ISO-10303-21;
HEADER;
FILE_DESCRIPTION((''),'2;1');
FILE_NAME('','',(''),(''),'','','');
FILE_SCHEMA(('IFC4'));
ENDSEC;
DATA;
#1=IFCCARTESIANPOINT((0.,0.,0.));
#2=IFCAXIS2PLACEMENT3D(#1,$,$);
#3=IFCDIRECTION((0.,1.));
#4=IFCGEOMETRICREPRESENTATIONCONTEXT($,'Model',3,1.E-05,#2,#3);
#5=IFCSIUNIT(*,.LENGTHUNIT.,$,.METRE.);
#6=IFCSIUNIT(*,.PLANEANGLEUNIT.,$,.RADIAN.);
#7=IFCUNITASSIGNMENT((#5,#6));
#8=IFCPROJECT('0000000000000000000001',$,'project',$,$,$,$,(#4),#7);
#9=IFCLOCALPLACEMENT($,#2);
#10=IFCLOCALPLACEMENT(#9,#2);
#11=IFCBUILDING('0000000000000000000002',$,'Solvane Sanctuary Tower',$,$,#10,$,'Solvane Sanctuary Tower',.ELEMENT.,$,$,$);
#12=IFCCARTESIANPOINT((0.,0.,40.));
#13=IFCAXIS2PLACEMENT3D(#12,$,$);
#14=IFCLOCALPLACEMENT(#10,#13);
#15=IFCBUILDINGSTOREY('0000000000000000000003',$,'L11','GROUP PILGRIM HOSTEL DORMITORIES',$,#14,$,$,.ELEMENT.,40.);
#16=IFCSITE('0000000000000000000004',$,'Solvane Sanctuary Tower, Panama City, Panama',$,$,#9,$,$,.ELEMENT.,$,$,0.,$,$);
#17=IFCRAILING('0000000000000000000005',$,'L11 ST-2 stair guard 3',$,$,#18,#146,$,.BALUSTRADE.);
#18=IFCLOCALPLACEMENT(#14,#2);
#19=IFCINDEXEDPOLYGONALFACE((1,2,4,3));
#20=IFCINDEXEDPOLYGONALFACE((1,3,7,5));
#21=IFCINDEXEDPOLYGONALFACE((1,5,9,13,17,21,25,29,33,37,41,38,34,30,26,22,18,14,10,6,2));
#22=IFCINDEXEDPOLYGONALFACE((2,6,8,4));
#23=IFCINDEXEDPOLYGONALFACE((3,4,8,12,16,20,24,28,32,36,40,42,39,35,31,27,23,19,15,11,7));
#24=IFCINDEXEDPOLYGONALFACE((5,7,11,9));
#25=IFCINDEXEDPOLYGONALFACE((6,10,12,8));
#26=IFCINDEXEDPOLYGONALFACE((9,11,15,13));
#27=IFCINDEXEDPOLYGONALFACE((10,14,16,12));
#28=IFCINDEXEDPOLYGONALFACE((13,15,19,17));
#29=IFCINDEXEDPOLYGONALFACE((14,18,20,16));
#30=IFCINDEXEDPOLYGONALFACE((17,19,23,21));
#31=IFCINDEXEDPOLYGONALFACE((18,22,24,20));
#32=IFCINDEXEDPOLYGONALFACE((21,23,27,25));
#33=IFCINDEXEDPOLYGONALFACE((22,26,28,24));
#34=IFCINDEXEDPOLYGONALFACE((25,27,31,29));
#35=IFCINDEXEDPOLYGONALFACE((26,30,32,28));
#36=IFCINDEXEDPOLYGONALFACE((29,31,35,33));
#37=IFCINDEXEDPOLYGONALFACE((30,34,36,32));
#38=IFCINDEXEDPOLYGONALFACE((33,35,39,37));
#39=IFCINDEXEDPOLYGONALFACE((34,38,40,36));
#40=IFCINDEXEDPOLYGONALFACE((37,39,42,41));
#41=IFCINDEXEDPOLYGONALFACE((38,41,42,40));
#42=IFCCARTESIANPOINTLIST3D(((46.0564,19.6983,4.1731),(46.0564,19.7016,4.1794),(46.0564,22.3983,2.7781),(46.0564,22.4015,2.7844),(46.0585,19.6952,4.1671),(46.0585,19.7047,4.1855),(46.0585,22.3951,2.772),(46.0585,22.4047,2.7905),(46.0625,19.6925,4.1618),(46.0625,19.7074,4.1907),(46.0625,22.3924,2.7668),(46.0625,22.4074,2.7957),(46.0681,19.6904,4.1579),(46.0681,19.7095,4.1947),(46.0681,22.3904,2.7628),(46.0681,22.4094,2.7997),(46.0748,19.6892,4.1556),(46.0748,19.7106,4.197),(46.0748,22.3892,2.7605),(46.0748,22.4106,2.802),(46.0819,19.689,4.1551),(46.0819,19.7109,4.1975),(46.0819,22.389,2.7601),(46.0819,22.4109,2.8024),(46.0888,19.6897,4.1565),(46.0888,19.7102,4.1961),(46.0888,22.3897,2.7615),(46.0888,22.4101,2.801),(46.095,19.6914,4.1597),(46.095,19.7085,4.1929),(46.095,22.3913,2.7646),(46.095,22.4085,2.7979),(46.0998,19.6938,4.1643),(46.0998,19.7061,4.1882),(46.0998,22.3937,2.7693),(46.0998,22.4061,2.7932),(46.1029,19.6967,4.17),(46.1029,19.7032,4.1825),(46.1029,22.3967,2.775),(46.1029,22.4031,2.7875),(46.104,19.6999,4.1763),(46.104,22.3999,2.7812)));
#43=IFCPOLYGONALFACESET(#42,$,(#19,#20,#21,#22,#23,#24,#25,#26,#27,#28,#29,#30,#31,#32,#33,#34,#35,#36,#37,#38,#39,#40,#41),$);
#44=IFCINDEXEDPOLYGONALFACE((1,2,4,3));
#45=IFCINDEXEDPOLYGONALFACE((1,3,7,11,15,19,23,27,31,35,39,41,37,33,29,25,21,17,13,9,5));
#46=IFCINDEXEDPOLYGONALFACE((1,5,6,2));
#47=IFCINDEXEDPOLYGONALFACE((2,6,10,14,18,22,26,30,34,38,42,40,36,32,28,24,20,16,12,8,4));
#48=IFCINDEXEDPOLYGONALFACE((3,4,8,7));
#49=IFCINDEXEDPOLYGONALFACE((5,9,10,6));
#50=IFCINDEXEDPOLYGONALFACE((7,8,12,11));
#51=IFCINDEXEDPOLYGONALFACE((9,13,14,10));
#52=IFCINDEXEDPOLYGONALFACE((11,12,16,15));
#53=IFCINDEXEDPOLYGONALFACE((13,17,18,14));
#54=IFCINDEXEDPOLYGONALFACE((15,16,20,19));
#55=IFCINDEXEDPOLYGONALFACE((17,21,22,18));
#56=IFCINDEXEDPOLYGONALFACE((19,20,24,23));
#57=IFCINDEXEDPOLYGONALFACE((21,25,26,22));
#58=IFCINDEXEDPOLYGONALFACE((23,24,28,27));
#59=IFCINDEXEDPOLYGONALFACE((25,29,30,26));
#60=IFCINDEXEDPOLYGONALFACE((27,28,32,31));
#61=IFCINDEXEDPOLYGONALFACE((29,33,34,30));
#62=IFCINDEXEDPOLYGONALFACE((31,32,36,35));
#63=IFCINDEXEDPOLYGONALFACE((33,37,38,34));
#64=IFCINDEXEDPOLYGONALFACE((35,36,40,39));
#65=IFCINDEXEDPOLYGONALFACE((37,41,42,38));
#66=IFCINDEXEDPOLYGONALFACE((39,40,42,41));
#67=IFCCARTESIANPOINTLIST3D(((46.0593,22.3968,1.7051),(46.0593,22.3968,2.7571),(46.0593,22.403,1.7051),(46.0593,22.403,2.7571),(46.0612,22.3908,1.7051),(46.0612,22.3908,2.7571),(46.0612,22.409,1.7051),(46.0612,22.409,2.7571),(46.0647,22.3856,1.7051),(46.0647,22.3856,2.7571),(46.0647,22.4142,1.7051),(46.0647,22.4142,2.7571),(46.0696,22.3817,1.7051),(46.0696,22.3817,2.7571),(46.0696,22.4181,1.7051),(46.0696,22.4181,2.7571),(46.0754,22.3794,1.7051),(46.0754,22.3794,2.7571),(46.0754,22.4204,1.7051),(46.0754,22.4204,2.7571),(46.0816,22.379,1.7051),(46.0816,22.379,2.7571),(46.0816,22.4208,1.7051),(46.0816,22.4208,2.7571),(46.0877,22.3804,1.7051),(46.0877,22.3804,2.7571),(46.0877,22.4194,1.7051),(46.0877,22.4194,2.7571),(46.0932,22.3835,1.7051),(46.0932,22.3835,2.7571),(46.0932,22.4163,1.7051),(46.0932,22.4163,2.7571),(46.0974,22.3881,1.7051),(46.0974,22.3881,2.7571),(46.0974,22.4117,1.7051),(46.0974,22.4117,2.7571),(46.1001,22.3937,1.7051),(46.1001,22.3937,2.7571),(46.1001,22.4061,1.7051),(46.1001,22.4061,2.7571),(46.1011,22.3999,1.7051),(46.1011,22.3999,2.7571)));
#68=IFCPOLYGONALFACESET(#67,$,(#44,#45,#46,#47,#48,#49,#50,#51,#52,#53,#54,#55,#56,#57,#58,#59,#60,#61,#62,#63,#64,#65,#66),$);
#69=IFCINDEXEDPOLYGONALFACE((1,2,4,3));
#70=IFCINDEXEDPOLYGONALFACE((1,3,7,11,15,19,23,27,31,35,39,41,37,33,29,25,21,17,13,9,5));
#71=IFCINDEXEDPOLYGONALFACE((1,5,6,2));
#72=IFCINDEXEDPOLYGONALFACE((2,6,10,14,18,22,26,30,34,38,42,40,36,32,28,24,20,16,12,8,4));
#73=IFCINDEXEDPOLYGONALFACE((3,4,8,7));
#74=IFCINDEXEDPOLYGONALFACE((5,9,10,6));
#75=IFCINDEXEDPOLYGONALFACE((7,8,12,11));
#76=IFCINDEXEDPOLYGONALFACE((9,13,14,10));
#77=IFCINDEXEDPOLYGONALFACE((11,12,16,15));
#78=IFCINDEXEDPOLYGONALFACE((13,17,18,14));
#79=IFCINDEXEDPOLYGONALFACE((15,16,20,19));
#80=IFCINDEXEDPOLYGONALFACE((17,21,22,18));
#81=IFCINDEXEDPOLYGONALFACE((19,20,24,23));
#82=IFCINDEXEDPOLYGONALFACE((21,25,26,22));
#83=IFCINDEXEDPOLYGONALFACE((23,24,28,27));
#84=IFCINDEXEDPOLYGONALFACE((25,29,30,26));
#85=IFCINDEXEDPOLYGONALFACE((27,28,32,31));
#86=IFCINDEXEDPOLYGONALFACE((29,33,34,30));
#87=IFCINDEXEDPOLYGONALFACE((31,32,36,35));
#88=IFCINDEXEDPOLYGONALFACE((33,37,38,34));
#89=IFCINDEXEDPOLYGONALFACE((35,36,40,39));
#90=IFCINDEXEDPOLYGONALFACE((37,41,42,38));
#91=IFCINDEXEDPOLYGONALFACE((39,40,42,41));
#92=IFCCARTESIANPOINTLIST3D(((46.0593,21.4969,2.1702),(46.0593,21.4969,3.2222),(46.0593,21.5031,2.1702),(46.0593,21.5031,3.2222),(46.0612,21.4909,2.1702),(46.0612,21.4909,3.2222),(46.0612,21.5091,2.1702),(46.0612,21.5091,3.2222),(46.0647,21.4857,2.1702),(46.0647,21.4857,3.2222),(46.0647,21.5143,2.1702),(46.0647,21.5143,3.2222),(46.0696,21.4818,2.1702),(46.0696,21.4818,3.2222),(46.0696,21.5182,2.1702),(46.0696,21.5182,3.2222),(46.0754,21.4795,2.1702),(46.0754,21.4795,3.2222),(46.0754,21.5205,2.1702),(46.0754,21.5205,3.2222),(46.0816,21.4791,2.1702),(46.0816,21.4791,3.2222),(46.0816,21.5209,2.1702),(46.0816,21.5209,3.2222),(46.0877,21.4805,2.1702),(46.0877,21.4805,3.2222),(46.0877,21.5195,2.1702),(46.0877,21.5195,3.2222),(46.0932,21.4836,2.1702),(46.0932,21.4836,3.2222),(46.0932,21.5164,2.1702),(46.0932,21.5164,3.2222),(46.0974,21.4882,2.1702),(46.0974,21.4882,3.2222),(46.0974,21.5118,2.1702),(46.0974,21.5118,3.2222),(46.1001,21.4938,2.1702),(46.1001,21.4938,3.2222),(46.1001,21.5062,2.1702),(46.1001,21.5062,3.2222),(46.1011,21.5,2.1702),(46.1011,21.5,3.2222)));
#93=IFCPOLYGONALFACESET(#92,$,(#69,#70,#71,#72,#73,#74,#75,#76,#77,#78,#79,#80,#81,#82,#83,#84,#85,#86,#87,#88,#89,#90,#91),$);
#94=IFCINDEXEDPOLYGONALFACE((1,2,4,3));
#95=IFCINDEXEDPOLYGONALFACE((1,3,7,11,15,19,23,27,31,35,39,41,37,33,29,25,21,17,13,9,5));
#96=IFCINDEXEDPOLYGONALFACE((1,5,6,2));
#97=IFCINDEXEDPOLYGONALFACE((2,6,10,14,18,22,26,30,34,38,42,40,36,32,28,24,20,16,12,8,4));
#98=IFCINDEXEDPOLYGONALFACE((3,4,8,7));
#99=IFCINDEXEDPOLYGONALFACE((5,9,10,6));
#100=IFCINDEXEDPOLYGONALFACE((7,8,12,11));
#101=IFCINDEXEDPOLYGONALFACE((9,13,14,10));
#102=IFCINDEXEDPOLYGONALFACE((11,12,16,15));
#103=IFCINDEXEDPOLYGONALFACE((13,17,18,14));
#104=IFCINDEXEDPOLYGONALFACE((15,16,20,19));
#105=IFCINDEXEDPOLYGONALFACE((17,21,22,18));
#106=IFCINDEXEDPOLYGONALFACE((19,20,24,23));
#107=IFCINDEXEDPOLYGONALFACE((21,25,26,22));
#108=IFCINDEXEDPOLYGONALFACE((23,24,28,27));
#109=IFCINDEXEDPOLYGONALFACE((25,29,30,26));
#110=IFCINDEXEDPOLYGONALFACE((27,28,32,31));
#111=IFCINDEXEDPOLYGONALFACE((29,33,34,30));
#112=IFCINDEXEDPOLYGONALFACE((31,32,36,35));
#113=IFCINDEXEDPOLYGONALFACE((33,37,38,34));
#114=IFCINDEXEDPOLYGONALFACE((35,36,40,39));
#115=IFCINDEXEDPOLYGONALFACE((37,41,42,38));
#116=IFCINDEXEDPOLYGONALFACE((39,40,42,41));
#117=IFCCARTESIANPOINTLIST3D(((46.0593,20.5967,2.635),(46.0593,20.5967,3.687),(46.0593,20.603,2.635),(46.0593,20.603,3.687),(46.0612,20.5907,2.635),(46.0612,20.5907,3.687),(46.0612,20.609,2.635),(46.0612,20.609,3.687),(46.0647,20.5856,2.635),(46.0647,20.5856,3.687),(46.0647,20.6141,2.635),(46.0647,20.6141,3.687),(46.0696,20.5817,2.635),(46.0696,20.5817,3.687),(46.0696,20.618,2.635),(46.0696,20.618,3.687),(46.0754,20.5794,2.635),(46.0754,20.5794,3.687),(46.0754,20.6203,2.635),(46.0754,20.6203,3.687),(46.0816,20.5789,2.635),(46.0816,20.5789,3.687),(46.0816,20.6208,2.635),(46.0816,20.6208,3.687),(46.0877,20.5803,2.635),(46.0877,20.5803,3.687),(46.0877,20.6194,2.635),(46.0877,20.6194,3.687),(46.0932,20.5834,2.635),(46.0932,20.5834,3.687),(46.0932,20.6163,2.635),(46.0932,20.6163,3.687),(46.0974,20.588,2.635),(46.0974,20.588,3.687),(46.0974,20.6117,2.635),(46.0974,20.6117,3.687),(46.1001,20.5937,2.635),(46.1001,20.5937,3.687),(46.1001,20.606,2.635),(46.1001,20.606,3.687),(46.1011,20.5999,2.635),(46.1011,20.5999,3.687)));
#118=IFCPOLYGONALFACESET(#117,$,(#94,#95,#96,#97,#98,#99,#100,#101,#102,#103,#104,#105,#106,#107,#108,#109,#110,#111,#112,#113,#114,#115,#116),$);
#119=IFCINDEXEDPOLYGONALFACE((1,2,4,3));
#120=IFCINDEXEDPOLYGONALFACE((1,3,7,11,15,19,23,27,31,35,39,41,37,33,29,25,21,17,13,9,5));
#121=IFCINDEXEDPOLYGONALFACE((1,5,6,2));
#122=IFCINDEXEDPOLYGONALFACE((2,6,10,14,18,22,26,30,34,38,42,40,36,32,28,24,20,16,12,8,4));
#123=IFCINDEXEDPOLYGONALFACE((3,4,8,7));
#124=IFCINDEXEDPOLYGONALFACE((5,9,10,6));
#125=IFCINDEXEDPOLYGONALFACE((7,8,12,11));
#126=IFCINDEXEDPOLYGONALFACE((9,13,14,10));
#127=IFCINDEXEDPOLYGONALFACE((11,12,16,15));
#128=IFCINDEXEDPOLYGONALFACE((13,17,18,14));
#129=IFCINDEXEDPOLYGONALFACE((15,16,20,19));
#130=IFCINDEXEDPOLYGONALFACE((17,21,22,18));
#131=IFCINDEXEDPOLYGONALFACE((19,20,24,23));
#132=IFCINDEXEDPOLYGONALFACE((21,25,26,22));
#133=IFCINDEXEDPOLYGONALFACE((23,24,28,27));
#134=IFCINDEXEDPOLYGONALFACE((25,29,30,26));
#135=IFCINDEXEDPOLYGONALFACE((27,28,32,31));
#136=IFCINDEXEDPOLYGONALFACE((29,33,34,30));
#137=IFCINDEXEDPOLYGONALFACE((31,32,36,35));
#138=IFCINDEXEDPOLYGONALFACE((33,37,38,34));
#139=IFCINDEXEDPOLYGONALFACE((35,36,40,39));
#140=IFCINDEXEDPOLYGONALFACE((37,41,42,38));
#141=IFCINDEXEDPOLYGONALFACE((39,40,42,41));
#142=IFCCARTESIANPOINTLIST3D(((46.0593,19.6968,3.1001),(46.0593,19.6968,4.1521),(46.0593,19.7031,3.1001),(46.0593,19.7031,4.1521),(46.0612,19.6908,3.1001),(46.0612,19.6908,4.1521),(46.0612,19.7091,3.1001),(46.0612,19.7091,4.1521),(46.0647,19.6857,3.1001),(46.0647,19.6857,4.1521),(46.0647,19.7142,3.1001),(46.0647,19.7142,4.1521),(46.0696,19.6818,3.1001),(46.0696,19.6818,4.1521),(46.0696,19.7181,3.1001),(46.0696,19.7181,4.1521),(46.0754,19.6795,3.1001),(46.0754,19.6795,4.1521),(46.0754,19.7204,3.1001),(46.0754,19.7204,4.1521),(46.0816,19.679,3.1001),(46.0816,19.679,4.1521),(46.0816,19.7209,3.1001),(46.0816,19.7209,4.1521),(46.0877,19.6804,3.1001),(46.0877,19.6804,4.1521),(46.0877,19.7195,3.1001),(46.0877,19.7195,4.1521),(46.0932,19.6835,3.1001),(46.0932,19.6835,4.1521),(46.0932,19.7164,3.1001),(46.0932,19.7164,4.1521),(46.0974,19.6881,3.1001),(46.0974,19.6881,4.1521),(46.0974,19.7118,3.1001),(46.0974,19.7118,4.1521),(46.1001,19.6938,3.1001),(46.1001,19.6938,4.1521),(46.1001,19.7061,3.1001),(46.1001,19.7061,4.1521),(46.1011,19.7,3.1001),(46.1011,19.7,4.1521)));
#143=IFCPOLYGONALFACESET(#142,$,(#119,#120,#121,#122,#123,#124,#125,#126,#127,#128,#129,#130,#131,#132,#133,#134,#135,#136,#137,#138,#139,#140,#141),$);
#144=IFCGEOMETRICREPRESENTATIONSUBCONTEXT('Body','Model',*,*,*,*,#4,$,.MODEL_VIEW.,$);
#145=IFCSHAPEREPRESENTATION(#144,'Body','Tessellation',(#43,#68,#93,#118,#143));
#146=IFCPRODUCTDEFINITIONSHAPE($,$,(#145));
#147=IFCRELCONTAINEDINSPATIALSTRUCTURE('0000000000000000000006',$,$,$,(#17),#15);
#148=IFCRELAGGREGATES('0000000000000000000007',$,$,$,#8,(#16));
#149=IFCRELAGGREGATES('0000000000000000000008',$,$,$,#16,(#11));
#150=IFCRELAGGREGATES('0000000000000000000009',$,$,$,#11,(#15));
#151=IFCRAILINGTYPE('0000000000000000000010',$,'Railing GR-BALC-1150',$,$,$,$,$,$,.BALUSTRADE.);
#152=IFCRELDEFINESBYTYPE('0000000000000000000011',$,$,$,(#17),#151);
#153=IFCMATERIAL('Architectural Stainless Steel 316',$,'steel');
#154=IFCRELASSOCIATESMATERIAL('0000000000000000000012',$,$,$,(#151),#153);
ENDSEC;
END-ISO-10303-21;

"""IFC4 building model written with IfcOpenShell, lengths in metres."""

from ifc_helpers import new_model, si_unit, direction, frame, origin, origin_2d, place, context, subcontext, project, spatial, circle, extrude, material, type_object, element, save


model = new_model("IFC4")

# Units and contexts
model_context = context("Model", 3, precision=1e-05, world=origin(), true_north=direction((0.0, 1.0)))
body_context = subcontext(model_context, "Body", "Model", "MODEL_VIEW")
ifc_project = project(units=[si_unit("LENGTHUNIT", "METRE"), si_unit("PLANEANGLEUNIT", "RADIAN")], contexts=[model_context])

# Site, building, storey
site_placement = place(None, origin())
site = spatial("IfcSite", under=ifc_project, at=site_placement, Name="Solvane Sanctuary Tower, Panama City, Panama", CompositionType="ELEMENT", RefElevation=0.0)
building_placement = place(site_placement, origin())
building = spatial("IfcBuilding", under=site, at=building_placement, Name="Solvane Sanctuary Tower", LongName="Solvane Sanctuary Tower", CompositionType="ELEMENT")
storey_placement = place(building_placement, frame((0.0, 0.0, 40.0)))
storey = spatial("IfcBuildingStorey", under=building, at=storey_placement, Name="L11", Description="GROUP PILGRIM HOSTEL DORMITORIES", CompositionType="ELEMENT", Elevation=40.0)

# Shared definitions
ifc_material_1 = material(Name="Architectural Stainless Steel 316", Category="steel")

# Railing
railing_type = type_object("IfcRailingType", Name="Railing GR-BALC-1150", PredefinedType="BALUSTRADE", material=ifc_material_1)
railing_1_placement = place(storey_placement, frame((46.0801, 22.3999, 1.7051)))
element("IfcRailing", 1, at=railing_1_placement, inside=storey, type_object=railing_type, Name="L11 ST-2 stair guard 3", PredefinedType="BALUSTRADE", context=body_context, shape_type="SweptSolid", body=[
    extrude(circle(Radius=0.0239, at=origin_2d()), frame((0.0, 0.0, 1.0762), z_axis=(0.0, -0.88842, 0.459032), x_axis=(1.0, 0.0, 0.0)), (0.0, 0.0, 1.0), 3.0391),
    extrude(circle(Radius=0.021, at=origin_2d()), origin(), (0.0, 0.0, 1.0), 1.052),
    extrude(circle(Radius=0.021, at=origin_2d()), frame((0.0, -0.8999, 0.4651)), (0.0, 0.0, 1.0), 1.052),
    extrude(circle(Radius=0.021, at=origin_2d()), frame((0.0, -1.8, 0.9299)), (0.0, 0.0, 1.0), 1.052),
    extrude(circle(Radius=0.021, at=origin_2d()), frame((0.0, -2.7, 1.395)), (0.0, 0.0, 1.0), 1.052),
])

save(model, "model.ifc")
